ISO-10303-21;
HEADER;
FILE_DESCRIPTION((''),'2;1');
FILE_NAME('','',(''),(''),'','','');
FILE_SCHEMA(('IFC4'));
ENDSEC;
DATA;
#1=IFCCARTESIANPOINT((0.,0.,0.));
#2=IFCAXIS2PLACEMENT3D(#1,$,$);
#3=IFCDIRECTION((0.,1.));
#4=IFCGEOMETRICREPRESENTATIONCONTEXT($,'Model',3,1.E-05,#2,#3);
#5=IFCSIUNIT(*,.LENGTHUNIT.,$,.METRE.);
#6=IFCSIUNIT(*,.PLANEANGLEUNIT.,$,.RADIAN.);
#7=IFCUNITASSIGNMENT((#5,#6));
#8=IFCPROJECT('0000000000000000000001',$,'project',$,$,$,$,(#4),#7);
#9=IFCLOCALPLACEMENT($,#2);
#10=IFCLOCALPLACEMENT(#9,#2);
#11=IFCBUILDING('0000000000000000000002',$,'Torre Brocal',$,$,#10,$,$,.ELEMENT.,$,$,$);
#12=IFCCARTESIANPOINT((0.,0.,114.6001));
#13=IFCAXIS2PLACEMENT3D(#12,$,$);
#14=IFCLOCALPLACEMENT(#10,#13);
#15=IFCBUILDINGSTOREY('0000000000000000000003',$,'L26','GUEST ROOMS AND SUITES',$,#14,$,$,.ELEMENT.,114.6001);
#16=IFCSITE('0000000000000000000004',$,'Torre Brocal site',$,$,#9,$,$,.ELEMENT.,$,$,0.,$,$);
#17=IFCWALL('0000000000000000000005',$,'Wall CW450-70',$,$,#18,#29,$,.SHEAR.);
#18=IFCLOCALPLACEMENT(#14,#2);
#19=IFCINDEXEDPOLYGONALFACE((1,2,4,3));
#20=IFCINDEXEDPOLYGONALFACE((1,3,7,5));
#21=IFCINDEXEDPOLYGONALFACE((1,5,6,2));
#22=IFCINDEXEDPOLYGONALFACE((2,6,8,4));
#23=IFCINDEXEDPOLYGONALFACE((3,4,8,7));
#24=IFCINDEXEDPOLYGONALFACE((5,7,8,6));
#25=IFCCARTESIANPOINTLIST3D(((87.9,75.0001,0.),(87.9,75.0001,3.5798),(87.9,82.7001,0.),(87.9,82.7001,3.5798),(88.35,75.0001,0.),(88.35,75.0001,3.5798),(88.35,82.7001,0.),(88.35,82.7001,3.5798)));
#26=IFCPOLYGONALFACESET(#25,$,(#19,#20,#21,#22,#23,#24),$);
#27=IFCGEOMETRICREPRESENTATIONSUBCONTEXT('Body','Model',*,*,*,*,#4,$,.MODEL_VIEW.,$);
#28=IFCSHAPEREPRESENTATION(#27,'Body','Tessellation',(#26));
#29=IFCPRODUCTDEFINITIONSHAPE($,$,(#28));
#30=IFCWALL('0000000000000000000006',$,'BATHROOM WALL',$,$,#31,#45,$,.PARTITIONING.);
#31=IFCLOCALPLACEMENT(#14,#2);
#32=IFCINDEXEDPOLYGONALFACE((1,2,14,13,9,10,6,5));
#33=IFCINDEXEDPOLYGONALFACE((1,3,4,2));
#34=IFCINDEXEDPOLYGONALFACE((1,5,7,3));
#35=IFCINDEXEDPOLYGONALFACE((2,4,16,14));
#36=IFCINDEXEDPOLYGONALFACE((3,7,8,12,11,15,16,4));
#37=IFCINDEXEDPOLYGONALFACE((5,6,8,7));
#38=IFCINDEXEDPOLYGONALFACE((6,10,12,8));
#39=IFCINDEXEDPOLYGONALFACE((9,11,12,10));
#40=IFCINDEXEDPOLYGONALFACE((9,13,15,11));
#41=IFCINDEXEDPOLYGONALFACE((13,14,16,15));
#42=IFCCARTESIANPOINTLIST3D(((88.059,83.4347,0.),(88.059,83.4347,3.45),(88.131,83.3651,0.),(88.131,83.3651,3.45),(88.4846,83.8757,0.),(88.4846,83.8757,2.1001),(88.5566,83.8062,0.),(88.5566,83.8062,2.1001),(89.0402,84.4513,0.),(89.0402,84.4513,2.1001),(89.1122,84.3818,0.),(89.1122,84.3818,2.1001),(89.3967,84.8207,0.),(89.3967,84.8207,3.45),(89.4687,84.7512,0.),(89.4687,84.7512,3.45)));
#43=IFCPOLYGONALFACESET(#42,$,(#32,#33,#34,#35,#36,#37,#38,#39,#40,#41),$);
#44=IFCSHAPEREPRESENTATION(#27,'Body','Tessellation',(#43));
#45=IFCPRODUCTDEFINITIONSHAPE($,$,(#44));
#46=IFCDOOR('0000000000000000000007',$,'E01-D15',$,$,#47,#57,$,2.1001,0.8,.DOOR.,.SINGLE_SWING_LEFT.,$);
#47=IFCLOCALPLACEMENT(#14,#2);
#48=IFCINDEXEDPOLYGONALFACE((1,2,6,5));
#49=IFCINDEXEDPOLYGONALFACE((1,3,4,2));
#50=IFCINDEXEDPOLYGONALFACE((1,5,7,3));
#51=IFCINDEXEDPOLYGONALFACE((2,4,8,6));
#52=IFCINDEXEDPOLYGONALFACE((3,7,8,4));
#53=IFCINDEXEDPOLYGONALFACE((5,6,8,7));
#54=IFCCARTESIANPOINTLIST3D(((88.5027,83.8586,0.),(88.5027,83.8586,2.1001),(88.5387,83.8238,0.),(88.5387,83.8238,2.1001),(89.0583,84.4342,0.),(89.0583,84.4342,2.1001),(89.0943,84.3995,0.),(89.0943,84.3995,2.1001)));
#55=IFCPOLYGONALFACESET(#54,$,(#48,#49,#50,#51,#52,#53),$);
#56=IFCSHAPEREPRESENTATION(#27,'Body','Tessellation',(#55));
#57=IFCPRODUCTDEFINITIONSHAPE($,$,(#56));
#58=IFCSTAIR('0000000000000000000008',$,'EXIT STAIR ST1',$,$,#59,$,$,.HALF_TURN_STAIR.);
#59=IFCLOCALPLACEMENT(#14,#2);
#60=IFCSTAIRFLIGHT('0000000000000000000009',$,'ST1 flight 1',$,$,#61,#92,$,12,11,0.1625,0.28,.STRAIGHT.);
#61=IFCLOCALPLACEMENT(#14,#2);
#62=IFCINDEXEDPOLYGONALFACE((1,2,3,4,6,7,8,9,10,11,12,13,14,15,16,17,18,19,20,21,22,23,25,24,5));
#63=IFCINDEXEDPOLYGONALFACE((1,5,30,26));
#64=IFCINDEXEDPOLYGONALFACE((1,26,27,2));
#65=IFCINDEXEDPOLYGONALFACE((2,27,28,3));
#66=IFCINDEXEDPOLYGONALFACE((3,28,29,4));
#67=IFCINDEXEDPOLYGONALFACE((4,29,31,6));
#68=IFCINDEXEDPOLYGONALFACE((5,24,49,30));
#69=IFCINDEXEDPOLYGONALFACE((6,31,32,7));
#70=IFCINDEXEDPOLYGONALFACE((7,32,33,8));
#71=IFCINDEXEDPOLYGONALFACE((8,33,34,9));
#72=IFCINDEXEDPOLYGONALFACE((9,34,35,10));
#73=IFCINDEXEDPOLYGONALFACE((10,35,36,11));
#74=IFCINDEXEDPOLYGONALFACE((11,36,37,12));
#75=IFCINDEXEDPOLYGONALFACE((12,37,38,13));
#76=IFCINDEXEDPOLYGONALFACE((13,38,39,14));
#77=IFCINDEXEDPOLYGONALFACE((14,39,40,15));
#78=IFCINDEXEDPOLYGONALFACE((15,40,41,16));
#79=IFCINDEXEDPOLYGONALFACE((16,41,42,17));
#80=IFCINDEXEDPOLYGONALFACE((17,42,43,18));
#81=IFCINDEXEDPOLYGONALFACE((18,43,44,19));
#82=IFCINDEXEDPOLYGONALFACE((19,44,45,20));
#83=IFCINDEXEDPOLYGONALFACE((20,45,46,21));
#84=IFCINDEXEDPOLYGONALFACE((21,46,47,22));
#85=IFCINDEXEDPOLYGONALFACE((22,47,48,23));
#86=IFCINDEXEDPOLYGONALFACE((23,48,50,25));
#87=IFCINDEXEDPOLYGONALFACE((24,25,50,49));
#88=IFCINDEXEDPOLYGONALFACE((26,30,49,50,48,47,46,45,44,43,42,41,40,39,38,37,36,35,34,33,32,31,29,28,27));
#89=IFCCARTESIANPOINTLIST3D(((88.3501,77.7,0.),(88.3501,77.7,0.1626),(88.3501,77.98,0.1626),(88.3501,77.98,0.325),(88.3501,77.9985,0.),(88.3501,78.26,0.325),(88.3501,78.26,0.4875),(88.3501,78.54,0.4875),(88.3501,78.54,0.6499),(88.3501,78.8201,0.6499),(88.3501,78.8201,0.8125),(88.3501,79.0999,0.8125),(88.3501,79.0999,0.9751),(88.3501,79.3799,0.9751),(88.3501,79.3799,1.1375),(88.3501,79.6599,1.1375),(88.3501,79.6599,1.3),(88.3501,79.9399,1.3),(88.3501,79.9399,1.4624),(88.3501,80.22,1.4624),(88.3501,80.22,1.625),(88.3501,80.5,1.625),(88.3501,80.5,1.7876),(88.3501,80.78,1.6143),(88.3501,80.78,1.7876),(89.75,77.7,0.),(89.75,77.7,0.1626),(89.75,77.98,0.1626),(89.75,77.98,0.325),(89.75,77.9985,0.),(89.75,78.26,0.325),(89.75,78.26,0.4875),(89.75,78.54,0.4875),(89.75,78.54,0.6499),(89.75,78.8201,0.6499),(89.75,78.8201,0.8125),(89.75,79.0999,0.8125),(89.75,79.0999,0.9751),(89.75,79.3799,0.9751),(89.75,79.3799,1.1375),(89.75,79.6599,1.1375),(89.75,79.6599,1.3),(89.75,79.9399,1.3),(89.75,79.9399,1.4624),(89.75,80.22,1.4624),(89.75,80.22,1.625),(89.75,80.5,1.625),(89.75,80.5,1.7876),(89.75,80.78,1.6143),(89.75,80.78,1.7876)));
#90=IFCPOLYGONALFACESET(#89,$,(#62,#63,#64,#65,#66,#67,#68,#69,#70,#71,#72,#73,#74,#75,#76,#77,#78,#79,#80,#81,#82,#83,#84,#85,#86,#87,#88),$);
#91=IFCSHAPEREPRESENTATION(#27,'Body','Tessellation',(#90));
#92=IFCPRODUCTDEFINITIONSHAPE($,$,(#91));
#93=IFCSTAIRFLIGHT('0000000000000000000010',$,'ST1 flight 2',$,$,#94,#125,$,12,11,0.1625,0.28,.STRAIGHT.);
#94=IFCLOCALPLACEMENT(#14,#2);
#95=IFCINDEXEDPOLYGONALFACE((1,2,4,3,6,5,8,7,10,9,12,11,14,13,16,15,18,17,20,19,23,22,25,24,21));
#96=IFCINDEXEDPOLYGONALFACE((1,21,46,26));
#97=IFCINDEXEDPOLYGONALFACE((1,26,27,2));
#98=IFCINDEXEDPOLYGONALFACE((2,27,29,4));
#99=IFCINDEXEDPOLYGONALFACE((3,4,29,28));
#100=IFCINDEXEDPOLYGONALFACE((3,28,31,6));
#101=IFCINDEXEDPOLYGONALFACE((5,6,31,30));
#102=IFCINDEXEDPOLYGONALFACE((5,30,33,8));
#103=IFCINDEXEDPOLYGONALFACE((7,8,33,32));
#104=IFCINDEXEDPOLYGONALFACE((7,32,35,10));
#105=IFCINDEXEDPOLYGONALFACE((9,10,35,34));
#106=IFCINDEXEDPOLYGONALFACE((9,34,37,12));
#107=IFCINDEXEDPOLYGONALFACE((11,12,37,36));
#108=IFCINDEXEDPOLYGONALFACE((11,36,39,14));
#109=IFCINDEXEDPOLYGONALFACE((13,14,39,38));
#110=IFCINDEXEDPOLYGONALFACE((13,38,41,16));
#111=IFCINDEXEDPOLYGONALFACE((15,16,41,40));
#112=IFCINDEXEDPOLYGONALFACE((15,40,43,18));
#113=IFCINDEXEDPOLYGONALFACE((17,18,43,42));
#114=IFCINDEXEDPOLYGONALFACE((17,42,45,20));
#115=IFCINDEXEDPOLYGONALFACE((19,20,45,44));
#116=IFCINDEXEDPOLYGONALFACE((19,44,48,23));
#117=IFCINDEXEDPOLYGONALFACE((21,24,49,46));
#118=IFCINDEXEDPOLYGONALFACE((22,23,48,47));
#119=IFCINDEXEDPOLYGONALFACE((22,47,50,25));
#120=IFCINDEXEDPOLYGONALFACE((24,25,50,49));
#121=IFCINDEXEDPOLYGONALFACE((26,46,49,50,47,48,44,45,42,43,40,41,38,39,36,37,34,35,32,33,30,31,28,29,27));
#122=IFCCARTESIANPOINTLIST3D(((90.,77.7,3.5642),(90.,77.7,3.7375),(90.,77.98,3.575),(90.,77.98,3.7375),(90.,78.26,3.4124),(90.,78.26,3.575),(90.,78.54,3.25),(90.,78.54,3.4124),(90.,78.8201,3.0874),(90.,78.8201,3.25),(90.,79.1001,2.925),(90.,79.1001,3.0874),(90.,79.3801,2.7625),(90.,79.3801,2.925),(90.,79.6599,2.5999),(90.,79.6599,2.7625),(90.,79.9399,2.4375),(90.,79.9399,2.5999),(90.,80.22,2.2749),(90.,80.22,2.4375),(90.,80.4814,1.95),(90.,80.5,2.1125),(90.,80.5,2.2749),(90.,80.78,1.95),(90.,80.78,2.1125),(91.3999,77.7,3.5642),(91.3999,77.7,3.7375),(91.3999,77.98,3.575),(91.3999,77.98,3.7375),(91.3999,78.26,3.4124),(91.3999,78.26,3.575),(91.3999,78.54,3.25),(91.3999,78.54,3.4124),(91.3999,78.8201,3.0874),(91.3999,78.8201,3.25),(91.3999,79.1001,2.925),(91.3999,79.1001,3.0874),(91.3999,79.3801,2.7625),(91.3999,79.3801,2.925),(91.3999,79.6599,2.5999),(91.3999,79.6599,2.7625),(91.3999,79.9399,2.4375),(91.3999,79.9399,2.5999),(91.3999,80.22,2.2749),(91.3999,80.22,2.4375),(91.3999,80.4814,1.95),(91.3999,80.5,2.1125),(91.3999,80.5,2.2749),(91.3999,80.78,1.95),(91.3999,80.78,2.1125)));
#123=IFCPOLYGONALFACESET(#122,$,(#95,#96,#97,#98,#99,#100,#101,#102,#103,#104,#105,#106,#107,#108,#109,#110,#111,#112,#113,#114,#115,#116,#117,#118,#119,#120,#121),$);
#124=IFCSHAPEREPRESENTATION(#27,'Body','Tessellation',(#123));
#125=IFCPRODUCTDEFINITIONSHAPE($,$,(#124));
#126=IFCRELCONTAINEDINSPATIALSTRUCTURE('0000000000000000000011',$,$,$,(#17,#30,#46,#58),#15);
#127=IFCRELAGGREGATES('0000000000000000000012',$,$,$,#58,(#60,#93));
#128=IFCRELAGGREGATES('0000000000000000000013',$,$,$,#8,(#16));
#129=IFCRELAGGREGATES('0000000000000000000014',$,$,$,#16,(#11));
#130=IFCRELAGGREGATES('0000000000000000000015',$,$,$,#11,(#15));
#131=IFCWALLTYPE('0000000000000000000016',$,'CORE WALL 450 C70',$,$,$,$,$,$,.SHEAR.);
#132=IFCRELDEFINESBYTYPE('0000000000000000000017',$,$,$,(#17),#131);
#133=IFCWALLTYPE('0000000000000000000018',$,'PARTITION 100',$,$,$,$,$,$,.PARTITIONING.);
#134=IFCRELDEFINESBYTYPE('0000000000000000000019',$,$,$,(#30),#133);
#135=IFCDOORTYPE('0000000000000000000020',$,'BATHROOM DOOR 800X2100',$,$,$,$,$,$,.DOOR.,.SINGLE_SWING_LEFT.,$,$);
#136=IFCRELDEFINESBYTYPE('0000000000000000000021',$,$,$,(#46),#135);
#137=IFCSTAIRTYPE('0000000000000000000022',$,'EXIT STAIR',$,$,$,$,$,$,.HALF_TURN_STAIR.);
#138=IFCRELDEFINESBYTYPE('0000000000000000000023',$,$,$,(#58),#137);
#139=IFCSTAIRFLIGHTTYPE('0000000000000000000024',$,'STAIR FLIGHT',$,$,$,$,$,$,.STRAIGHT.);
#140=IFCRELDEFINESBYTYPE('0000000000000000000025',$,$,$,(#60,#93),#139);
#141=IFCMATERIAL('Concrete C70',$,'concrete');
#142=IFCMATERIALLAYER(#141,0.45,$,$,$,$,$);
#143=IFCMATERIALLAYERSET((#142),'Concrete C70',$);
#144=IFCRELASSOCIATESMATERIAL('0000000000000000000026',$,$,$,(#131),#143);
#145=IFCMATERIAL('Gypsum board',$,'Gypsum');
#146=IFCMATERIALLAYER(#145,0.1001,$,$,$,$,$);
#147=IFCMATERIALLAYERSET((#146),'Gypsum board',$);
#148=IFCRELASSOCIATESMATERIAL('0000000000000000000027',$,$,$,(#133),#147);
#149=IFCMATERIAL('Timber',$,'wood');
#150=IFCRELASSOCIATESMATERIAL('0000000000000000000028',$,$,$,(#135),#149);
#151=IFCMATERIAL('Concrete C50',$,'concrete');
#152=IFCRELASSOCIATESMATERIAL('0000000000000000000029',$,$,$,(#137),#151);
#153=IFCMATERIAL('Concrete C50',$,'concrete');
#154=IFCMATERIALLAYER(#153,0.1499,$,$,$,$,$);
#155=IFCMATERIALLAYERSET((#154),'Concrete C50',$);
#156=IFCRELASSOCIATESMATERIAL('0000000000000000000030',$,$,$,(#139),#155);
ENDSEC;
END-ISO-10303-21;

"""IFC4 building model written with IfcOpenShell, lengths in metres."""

from ifc_helpers import new_model, si_unit, direction, frame, frame_2d, origin, place, context, subcontext, project, spatial, polyline, rectangle, outline, extrude, material, layer, layer_set, type_object, element, fill, aggregate, save


model = new_model("IFC4")

# Units and contexts
model_context = context("Model", 3, precision=1e-05, world=origin(), true_north=direction((0.0, 1.0)))
body_context = subcontext(model_context, "Body", "Model", "MODEL_VIEW")
ifc_project = project(units=[si_unit("LENGTHUNIT", "METRE"), si_unit("PLANEANGLEUNIT", "RADIAN")], contexts=[model_context])

# Site, building, storey
site_placement = place(None, origin())
site = spatial("IfcSite", under=ifc_project, at=site_placement, Name="Torre Brocal site", CompositionType="ELEMENT", RefElevation=0.0)
building_placement = place(site_placement, origin())
building = spatial("IfcBuilding", under=site, at=building_placement, Name="Torre Brocal", CompositionType="ELEMENT")
storey_placement = place(building_placement, frame((0.0, 0.0, 114.6001)))
storey = spatial("IfcBuildingStorey", under=building, at=storey_placement, Name="L26", Description="GUEST ROOMS AND SUITES", CompositionType="ELEMENT", Elevation=114.6001)

# Wall
ifc_material_1 = material(Name="Concrete C70", Category="concrete")
ifc_layer_1 = layer(ifc_material_1, 0.45)
ifc_layer_set_1 = layer_set([ifc_layer_1], Name="Concrete C70")
wall_type_1 = type_object("IfcWallType", Name="CORE WALL 450 C70", PredefinedType="SHEAR", material=ifc_layer_set_1)
wall_1_placement = place(storey_placement, frame((88.125, 75.0, 0.0), z_axis=(0.0, 0.0, 1.0), x_axis=(0.0, 1.0, 0.0)))
element("IfcWall", 1, at=wall_1_placement, inside=storey, type_object=wall_type_1, Name="Wall CW450-70", PredefinedType="SHEAR", context=body_context, shape_type="SweptSolid", body=[
    extrude(rectangle(XDim=7.7, YDim=0.45, at=frame_2d((3.8501, 0.0))), origin(), (0.0, 0.0, 1.0), 3.5798),
])

# Wall, opening, door
ifc_material_2 = material(Name="Gypsum board", Category="Gypsum")
ifc_layer_2 = layer(ifc_material_2, 0.1001)
ifc_layer_set_2 = layer_set([ifc_layer_2], Name="Gypsum board")
wall_type_2 = type_object("IfcWallType", Name="PARTITION 100", PredefinedType="PARTITIONING", material=ifc_layer_set_2)
wall_2_placement = place(storey_placement, frame((88.095, 83.3999, 0.0), z_axis=(0.0, 0.0, 1.0), x_axis=(0.694447, 0.719543, 0.0)))
wall_2 = element("IfcWall", 2, at=wall_2_placement, inside=storey, type_object=wall_type_2, Name="BATHROOM WALL", PredefinedType="PARTITIONING", context=body_context, shape_type="SweptSolid", body=[
    extrude(rectangle(XDim=1.9263, YDim=0.1001, at=frame_2d((0.9631, 0.0))), origin(), (0.0, 0.0, 1.0), 3.45),
])
opening_1_placement = place(wall_2_placement, frame((0.613, 0.0, 0.0)))
opening_1 = element("IfcOpeningElement", 3, at=opening_1_placement, cuts=wall_2, PredefinedType="OPENING", context=body_context, shape_type="SweptSolid", body=[
    extrude(rectangle(XDim=0.8, YDim=2.1001, at=frame_2d((0.3999, 1.05))), frame((0.0, 0.0601, 0.0), z_axis=(0.0, -1.0, 0.0), x_axis=(1.0, 0.0, 0.0)), (0.0, 0.0, 1.0), 0.1201),
])
ifc_material_3 = material(Name="Timber", Category="wood")
door_type_1 = type_object("IfcDoorType", Name="BATHROOM DOOR 800X2100", OperationType="SINGLE_SWING_LEFT", PredefinedType="DOOR", material=ifc_material_3)
door_1_placement = place(opening_1_placement, frame((0.8, 0.0, 0.0), z_axis=(0.0, 0.0, 1.0), x_axis=(-1.0, 0.0, 0.0)))
door_1 = element("IfcDoor", 4, at=door_1_placement, inside=storey, type_object=door_type_1, Name="E01-D15", OperationType="SINGLE_SWING_LEFT", OverallHeight=2.1001, OverallWidth=0.8, PredefinedType="DOOR", context=body_context, shape_type="SweptSolid", body=[
    extrude(rectangle(XDim=0.8, YDim=2.1001, at=frame_2d((0.3999, 1.05))), frame((0.0, 0.0249, 0.0), z_axis=(0.0, -1.0, 0.0), x_axis=(1.0, 0.0, 0.0)), (0.0, 0.0, 1.0), 0.05),
])
fill(opening_1, door_1)

# Stair, stair flights
ifc_material_4 = material(Name="Concrete C50", Category="concrete")
stair_type = type_object("IfcStairType", Name="EXIT STAIR", PredefinedType="HALF_TURN_STAIR", material=ifc_material_4)
stair_placement = place(storey_placement, origin())
stair = element("IfcStair", 5, at=stair_placement, inside=storey, type_object=stair_type, Name="EXIT STAIR ST1", PredefinedType="HALF_TURN_STAIR")
ifc_material_5 = material(Name="Concrete C50", Category="concrete")
ifc_layer_3 = layer(ifc_material_5, 0.1499)
ifc_layer_set_3 = layer_set([ifc_layer_3], Name="Concrete C50")
stair_flight_type = type_object("IfcStairFlightType", Name="STAIR FLIGHT", PredefinedType="STRAIGHT", material=ifc_layer_set_3)
stair_flight_1_placement = place(storey_placement, frame((89.05, 77.7, 0.0), z_axis=(0.0, 0.0, 1.0), x_axis=(0.0, 1.0, 0.0)))
stair_flight_1 = element("IfcStairFlight", 6, at=stair_flight_1_placement, type_object=stair_flight_type, Name="ST1 flight 1", NumberOfRisers=12, NumberOfTreads=11, PredefinedType="STRAIGHT", RiserHeight=0.1625, TreadLength=0.28, context=body_context, shape_type="SweptSolid", body=[
    extrude(outline(polyline([(0.0, 0.0), (0.0, 0.1626), (0.28, 0.1626), (0.28, 0.325), (0.5601, 0.325), (0.5601, 0.4875), (0.8401, 0.4875), (0.8401, 0.6499), (1.1201, 0.6499), (1.1201, 0.8125), (1.3999, 0.8125), (1.3999, 0.9751), (1.6799, 0.9751), (1.6799, 1.1375), (1.96, 1.1375), (1.96, 1.3), (2.24, 1.3), (2.24, 1.4624), (2.52, 1.4624), (2.52, 1.625), (2.8, 1.625), (2.8, 1.7876), (3.0801, 1.7876), (3.0801, 1.95), (3.0801, 1.6143), (0.2986, 0.0), (0.0, 0.0)])), frame((0.0, 0.7, 0.0), z_axis=(0.0, -1.0, 0.0), x_axis=(1.0, 0.0, 0.0)), (0.0, 0.0, 1.0), 1.3999),
])
stair_flight_2_placement = place(storey_placement, frame((90.7, 80.78, 1.95), z_axis=(0.0, 0.0, 1.0), x_axis=(0.0, -1.0, 0.0)))
stair_flight_2 = element("IfcStairFlight", 7, at=stair_flight_2_placement, type_object=stair_flight_type, Name="ST1 flight 2", NumberOfRisers=12, NumberOfTreads=11, PredefinedType="STRAIGHT", RiserHeight=0.1625, TreadLength=0.28, context=body_context, shape_type="SweptSolid", body=[
    extrude(outline(polyline([(0.0, 0.0), (0.0, 0.1626), (0.28, 0.1626), (0.28, 0.325), (0.5601, 0.325), (0.5601, 0.4875), (0.8401, 0.4875), (0.8401, 0.6499), (1.1201, 0.6499), (1.1201, 0.8125), (1.3999, 0.8125), (1.3999, 0.9751), (1.6799, 0.9751), (1.6799, 1.1375), (1.96, 1.1375), (1.96, 1.3), (2.24, 1.3), (2.24, 1.4624), (2.52, 1.4624), (2.52, 1.625), (2.8, 1.625), (2.8, 1.7876), (3.0801, 1.7876), (3.0801, 1.95), (3.0801, 1.6143), (0.2986, 0.0), (0.0, 0.0)])), frame((0.0, 0.7, 0.0), z_axis=(0.0, -1.0, 0.0), x_axis=(1.0, 0.0, 0.0)), (0.0, 0.0, 1.0), 1.3999),
])
aggregate(stair, [stair_flight_1, stair_flight_2])

save(model, "model.ifc")
